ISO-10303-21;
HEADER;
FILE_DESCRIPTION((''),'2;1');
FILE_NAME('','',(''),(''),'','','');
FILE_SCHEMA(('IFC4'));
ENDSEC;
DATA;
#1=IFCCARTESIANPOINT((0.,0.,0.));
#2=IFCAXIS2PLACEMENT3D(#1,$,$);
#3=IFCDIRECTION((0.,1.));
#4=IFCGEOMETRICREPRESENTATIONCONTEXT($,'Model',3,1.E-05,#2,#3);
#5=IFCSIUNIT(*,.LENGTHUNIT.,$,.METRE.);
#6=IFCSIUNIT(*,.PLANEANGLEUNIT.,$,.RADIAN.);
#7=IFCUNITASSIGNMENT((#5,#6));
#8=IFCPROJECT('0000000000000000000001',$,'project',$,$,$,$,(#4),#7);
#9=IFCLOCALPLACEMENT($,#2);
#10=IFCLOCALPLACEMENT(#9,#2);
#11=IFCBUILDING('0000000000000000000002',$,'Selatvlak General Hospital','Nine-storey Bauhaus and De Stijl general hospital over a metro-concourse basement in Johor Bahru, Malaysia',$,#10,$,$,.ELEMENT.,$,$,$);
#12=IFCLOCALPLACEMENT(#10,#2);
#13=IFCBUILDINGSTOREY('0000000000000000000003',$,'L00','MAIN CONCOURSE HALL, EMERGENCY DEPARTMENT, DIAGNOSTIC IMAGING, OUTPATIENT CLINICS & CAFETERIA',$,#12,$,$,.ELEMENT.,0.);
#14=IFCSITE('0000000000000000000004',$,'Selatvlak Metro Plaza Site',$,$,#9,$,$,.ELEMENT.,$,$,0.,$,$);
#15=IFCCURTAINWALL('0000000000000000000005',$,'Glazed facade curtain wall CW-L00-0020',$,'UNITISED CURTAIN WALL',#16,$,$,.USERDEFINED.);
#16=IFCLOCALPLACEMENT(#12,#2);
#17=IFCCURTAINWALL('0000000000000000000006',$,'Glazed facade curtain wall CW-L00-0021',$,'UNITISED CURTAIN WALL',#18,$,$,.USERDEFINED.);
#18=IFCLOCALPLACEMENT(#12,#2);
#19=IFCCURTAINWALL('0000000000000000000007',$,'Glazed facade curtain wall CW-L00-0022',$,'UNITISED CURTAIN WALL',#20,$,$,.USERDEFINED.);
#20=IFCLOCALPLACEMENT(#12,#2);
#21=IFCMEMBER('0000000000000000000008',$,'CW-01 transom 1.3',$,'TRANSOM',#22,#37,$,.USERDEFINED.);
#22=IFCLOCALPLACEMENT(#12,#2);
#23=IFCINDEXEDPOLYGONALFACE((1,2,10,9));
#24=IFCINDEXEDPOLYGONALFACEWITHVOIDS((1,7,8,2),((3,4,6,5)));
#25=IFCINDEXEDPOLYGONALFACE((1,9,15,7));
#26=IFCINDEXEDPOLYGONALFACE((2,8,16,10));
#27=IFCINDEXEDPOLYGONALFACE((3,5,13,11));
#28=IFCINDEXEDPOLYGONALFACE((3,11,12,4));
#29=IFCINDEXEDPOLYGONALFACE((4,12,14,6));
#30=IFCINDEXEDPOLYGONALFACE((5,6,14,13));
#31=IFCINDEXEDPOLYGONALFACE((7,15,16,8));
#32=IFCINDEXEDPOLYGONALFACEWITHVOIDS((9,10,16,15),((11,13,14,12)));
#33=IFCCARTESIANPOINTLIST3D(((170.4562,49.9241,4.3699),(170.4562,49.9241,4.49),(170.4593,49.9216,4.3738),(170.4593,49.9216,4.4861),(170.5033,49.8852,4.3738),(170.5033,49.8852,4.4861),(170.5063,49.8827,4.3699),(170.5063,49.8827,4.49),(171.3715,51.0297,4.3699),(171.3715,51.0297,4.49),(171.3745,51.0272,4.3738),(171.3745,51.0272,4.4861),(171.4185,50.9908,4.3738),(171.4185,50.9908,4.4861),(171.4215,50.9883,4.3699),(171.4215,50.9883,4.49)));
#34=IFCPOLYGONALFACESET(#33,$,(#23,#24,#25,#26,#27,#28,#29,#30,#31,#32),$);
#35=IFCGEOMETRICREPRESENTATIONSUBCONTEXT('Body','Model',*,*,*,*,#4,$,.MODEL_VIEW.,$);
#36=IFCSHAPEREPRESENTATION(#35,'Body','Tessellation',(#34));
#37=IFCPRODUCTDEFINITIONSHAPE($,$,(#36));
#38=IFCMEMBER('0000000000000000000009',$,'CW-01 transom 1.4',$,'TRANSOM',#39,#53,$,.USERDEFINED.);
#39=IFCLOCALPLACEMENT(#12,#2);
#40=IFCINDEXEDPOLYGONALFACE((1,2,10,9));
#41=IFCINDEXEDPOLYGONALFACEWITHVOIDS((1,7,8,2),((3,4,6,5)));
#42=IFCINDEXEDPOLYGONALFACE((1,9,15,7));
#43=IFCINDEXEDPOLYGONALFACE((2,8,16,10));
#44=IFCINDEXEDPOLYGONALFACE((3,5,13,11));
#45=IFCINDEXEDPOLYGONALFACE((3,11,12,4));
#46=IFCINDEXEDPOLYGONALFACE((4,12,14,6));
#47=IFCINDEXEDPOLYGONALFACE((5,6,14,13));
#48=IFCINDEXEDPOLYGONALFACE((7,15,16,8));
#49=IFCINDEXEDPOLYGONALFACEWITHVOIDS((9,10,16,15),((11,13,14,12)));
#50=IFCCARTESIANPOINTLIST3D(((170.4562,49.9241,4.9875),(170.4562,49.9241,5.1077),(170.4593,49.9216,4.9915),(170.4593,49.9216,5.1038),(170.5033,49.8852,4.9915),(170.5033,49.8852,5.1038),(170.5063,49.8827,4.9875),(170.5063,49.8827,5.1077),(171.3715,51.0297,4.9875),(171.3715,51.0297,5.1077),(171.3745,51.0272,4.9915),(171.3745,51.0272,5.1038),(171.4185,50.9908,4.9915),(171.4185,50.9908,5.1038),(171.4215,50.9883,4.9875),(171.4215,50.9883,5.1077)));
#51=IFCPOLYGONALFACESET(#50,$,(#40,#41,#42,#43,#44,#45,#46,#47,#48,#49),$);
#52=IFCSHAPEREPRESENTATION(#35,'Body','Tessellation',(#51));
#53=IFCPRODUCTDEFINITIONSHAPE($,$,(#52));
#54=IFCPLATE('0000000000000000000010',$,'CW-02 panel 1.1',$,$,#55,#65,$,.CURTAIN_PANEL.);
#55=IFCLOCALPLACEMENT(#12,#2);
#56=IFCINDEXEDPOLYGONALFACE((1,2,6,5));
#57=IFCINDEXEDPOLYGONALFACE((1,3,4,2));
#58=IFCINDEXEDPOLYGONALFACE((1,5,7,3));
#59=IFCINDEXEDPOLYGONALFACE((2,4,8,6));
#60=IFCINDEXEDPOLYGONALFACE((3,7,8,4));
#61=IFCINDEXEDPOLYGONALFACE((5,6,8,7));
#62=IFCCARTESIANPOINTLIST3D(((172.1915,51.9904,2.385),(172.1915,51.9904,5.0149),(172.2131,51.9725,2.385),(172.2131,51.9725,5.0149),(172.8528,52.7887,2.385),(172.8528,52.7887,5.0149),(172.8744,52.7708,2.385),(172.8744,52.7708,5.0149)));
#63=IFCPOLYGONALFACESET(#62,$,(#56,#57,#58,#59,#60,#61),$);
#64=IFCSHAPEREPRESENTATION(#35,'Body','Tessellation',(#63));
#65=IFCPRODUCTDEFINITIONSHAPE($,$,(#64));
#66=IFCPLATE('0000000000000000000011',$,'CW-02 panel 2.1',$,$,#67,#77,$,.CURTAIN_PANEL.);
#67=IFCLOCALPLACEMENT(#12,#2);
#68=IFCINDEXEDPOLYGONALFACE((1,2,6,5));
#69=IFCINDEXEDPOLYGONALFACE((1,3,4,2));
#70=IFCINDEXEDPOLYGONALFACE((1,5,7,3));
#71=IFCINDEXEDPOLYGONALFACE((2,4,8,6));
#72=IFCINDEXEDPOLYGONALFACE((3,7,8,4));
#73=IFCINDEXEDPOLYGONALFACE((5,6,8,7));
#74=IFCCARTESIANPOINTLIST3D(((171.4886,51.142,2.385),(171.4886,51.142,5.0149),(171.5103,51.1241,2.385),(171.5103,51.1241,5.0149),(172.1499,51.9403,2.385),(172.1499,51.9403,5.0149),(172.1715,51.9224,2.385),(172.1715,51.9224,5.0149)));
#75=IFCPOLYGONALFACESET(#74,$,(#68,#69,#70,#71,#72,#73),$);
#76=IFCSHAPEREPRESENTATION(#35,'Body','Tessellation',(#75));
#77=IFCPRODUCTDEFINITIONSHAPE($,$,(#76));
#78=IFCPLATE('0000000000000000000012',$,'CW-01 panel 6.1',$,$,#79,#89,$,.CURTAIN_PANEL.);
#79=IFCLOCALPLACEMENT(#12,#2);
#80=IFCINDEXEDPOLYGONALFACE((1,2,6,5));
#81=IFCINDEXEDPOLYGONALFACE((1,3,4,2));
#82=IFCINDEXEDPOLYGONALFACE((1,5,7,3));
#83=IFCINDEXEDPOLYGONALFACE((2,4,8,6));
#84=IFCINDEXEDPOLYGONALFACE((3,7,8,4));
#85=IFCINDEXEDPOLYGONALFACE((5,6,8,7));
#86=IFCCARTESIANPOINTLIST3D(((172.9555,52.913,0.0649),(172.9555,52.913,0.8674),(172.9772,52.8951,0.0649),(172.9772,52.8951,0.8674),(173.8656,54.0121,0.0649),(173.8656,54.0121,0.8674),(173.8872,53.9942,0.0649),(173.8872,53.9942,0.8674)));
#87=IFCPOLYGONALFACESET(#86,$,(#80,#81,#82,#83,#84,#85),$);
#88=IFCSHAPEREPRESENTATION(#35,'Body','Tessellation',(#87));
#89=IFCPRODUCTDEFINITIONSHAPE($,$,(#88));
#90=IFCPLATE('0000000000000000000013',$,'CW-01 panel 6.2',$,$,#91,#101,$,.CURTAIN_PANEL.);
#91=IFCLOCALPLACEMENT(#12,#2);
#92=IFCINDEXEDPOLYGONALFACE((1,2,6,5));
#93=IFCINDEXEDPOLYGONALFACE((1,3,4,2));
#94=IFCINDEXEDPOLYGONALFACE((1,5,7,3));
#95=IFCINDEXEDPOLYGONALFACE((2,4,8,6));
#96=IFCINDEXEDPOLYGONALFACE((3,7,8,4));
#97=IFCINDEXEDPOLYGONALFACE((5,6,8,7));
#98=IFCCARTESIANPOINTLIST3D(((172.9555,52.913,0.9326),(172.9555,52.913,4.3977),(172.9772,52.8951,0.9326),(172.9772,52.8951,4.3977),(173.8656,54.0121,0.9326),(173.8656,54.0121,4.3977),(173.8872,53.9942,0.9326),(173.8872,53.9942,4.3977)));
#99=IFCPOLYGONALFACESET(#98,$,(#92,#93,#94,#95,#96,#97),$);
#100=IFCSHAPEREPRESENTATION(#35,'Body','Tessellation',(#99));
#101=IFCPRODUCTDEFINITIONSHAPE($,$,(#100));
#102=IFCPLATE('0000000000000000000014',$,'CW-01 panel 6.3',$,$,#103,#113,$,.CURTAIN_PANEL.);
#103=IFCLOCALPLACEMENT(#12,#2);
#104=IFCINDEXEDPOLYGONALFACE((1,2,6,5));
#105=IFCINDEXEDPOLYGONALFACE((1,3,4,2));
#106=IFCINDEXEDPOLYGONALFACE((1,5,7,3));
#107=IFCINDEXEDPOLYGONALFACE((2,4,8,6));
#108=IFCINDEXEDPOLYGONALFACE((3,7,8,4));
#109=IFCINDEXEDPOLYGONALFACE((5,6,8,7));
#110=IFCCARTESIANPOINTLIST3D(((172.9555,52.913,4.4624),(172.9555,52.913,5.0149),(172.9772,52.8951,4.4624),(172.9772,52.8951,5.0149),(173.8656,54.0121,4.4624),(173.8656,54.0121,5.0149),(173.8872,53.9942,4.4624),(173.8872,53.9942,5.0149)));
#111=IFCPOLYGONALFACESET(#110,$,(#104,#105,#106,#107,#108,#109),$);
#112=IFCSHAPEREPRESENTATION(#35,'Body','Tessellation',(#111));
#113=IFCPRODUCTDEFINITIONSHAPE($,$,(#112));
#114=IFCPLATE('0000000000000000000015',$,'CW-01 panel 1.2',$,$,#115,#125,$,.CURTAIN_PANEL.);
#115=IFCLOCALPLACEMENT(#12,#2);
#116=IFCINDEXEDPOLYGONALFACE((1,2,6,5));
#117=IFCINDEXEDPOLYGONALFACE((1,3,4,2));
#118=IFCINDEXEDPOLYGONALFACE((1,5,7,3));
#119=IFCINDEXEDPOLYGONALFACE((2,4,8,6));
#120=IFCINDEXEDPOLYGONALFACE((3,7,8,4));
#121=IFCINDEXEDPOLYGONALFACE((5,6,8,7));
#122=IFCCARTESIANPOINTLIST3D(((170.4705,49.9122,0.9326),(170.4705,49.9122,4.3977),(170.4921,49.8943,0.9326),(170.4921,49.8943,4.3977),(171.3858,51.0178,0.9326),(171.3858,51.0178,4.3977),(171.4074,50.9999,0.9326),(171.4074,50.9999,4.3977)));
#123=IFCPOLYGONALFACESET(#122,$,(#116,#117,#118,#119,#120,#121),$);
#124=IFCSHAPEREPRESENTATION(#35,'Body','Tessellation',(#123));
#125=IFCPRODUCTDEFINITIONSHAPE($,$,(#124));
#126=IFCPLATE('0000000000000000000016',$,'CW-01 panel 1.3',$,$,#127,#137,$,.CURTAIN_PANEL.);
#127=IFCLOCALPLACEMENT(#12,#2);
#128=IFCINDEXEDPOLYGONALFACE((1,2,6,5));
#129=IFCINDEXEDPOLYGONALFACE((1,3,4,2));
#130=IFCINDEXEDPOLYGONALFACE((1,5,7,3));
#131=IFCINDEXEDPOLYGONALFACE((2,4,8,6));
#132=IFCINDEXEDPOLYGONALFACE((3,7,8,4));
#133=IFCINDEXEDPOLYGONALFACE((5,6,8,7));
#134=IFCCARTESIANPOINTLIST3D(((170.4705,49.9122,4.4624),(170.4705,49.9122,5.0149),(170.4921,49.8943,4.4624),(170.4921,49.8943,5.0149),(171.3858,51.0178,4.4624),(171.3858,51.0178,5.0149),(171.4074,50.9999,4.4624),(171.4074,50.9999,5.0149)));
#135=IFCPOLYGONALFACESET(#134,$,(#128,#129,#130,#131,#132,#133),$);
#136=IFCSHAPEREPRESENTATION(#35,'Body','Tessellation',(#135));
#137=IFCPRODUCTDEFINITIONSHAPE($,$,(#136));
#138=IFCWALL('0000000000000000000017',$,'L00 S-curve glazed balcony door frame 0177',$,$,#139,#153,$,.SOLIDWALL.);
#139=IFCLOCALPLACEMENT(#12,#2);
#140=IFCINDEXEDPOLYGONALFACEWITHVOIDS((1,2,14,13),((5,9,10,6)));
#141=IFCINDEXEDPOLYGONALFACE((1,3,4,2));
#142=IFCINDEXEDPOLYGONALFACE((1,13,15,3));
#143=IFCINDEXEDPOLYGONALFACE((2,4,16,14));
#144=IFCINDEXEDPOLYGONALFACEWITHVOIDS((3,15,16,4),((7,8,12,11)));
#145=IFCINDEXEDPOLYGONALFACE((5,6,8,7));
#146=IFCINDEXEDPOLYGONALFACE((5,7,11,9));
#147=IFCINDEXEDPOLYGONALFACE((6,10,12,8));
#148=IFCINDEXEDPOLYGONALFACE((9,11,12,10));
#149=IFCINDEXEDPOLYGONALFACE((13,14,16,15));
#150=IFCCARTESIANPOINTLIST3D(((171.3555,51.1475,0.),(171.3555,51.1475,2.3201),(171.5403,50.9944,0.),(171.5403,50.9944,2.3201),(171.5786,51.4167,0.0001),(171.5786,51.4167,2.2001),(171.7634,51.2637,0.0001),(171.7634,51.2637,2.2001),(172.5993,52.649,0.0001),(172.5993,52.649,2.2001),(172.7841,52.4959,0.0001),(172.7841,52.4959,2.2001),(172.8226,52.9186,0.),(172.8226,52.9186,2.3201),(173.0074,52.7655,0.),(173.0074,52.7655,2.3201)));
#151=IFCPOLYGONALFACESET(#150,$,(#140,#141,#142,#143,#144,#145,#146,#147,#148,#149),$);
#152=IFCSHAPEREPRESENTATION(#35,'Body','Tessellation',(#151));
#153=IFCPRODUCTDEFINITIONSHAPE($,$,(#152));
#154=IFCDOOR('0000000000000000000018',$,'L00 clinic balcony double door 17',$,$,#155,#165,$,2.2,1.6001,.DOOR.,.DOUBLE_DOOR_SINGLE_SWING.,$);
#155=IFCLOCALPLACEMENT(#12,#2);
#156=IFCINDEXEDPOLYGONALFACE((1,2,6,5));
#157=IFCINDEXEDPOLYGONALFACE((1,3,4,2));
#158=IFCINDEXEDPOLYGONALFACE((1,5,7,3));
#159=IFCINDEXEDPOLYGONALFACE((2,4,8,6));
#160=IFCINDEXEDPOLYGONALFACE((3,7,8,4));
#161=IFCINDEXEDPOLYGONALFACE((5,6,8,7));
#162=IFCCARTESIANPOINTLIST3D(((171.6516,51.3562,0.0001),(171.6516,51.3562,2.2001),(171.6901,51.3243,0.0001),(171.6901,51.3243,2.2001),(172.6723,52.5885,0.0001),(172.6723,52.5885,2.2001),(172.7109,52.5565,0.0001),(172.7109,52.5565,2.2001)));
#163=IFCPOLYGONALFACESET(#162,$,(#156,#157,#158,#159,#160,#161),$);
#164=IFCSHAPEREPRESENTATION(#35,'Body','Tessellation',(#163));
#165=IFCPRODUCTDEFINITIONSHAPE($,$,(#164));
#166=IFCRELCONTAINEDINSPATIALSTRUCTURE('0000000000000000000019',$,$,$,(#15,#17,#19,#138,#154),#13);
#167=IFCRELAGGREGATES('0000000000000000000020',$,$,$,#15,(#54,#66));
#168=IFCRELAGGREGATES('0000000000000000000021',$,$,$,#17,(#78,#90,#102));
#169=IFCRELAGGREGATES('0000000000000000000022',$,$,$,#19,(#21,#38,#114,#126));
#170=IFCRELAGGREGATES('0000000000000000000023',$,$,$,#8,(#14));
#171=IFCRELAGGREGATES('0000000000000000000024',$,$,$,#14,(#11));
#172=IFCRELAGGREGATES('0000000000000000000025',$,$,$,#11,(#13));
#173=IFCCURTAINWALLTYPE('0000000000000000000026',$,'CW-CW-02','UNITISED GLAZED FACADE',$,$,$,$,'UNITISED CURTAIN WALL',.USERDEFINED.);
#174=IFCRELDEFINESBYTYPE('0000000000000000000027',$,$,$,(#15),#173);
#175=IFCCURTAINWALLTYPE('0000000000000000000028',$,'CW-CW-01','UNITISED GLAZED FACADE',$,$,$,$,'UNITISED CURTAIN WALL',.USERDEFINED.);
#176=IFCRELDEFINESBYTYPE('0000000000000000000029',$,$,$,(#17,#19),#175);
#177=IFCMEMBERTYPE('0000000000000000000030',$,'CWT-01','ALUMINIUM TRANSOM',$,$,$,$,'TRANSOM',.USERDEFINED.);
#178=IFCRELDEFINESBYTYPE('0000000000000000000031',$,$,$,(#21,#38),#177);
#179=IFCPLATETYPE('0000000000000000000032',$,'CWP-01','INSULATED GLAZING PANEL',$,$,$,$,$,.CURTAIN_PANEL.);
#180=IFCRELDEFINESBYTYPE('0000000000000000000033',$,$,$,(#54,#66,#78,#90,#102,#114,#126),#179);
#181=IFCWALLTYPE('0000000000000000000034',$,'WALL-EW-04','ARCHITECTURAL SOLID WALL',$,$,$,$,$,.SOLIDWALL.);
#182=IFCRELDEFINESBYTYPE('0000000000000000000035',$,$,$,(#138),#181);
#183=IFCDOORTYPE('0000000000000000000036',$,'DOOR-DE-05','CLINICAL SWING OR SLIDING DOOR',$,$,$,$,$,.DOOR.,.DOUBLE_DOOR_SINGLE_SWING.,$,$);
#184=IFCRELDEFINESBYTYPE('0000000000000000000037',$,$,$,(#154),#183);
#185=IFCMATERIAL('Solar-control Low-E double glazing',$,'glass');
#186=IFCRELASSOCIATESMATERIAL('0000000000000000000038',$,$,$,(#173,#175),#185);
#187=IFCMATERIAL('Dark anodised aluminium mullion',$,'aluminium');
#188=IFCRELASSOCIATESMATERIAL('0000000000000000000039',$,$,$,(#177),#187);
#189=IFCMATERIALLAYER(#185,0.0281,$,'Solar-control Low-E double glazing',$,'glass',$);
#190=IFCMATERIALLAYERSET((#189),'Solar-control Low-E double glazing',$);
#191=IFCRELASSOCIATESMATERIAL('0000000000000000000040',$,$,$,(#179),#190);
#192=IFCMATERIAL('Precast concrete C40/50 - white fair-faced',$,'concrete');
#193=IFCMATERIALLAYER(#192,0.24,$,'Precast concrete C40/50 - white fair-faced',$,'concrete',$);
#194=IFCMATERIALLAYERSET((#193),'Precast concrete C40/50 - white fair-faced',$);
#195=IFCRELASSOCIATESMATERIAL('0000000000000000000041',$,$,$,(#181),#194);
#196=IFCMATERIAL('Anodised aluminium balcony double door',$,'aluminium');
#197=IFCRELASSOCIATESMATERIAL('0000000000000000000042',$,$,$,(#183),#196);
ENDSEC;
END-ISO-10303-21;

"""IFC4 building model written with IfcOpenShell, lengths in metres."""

from ifc_helpers import new_model, si_unit, direction, frame, frame_2d, origin, origin_2d, place, context, subcontext, project, spatial, rectangle, hollow_rectangle, extrude, material, layer, layer_set, material_profile, profile_set, type_object, element, fill, aggregate, save


model = new_model("IFC4")

# Units and contexts
model_context = context("Model", 3, precision=1e-05, world=origin(), true_north=direction((0.0, 1.0)))
body_context = subcontext(model_context, "Body", "Model", "MODEL_VIEW")
ifc_project = project(units=[si_unit("LENGTHUNIT", "METRE"), si_unit("PLANEANGLEUNIT", "RADIAN")], contexts=[model_context])

# Site, building, storey
site_placement = place(None, origin())
site = spatial("IfcSite", under=ifc_project, at=site_placement, Name="Selatvlak Metro Plaza Site", CompositionType="ELEMENT", RefElevation=0.0)
building_placement = place(site_placement, origin())
building = spatial("IfcBuilding", under=site, at=building_placement, Name="Selatvlak General Hospital", Description="Nine-storey Bauhaus and De Stijl general hospital over a metro-concourse basement in Johor Bahru, Malaysia", CompositionType="ELEMENT")
storey_placement = place(building_placement, origin())
storey = spatial("IfcBuildingStorey", under=building, at=storey_placement, Name="L00", Description="MAIN CONCOURSE HALL, EMERGENCY DEPARTMENT, DIAGNOSTIC IMAGING, OUTPATIENT CLINICS & CAFETERIA", CompositionType="ELEMENT", Elevation=0.0)

# Curtain wall
ifc_material_1 = material(Name="Solar-control Low-E double glazing", Category="glass")
curtain_wall_type_1 = type_object("IfcCurtainWallType", Name="CW-CW-02", Description="UNITISED GLAZED FACADE", ElementType="UNITISED CURTAIN WALL", PredefinedType="USERDEFINED", material=ifc_material_1)
curtain_wall_1_placement = place(storey_placement, origin())
curtain_wall_1 = element("IfcCurtainWall", 1, at=curtain_wall_1_placement, inside=storey, type_object=curtain_wall_type_1, Name="Glazed facade curtain wall CW-L00-0020", ObjectType="UNITISED CURTAIN WALL", PredefinedType="USERDEFINED")
ifc_material_2 = material(Name="Dark anodised aluminium mullion", Category="aluminium")

# Curtain walls
curtain_wall_type_2 = type_object("IfcCurtainWallType", Name="CW-CW-01", Description="UNITISED GLAZED FACADE", ElementType="UNITISED CURTAIN WALL", PredefinedType="USERDEFINED", material=ifc_material_1)
curtain_wall_2_placement = place(storey_placement, origin())
curtain_wall_2 = element("IfcCurtainWall", 2, at=curtain_wall_2_placement, inside=storey, type_object=curtain_wall_type_2, Name="Glazed facade curtain wall CW-L00-0021", ObjectType="UNITISED CURTAIN WALL", PredefinedType="USERDEFINED")
curtain_wall_3_placement = place(storey_placement, origin())
curtain_wall_3 = element("IfcCurtainWall", 3, at=curtain_wall_3_placement, inside=storey, type_object=curtain_wall_type_2, Name="Glazed facade curtain wall CW-L00-0022", ObjectType="UNITISED CURTAIN WALL", PredefinedType="USERDEFINED")

# Members
ifc_material_profile_1 = material_profile(ifc_material_2, hollow_rectangle(XDim=0.0649, YDim=0.1201, WallThickness=0.0039, at=origin_2d()), Name="AL-TRN 65x120x4")
ifc_profile_set_1 = profile_set([ifc_material_profile_1], Name="Dark anodised aluminium mullion")
member_type_1 = type_object("IfcMemberType", Name="CWT-01", Description="ALUMINIUM TRANSOM", ElementType="TRANSOM", PredefinedType="USERDEFINED", material=ifc_profile_set_1)
member_1_placement = place(storey_placement, frame((171.3965, 51.009, 4.4299), z_axis=(-0.637655, -0.770322, 0.0), x_axis=(0.770322, -0.637655, 0.0)))
member_1 = element("IfcMember", 4, at=member_1_placement, type_object=member_type_1, Name="CW-01 transom 1.3", ObjectType="TRANSOM", PredefinedType="USERDEFINED", context=body_context, shape_type="SweptSolid", body=[
    extrude(hollow_rectangle(XDim=0.0649, YDim=0.1201, WallThickness=0.0039, at=origin_2d()), origin(), (0.0, 0.0, 1.0), 1.4353),
])
member_2_placement = place(storey_placement, frame((171.3965, 51.009, 5.0476), z_axis=(-0.637655, -0.770322, 0.0), x_axis=(0.770322, -0.637655, 0.0)))
member_2 = element("IfcMember", 5, at=member_2_placement, type_object=member_type_1, Name="CW-01 transom 1.4", ObjectType="TRANSOM", PredefinedType="USERDEFINED", context=body_context, shape_type="SweptSolid", body=[
    extrude(hollow_rectangle(XDim=0.0649, YDim=0.1201, WallThickness=0.0039, at=origin_2d()), origin(), (0.0, 0.0, 1.0), 1.4353),
])

# Plates
ifc_layer_1 = layer(ifc_material_1, 0.0281, Name="Solar-control Low-E double glazing", Category="glass")
ifc_layer_set_1 = layer_set([ifc_layer_1], Name="Solar-control Low-E double glazing")
plate_type = type_object("IfcPlateType", Name="CWP-01", Description="INSULATED GLAZING PANEL", PredefinedType="CURTAIN_PANEL", material=ifc_layer_set_1)
plate_1_placement = place(storey_placement, frame((172.533, 52.3806, 2.385), z_axis=(0.0, 0.0, 1.0), x_axis=(-0.637883, -0.770133, 0.0)))
plate_1 = element("IfcPlate", 6, at=plate_1_placement, type_object=plate_type, Name="CW-02 panel 1.1", PredefinedType="CURTAIN_PANEL", context=body_context, shape_type="SweptSolid", body=[
    extrude(rectangle(XDim=1.0366, YDim=0.0281, at=origin_2d()), origin(), (0.0, 0.0, 1.0), 2.6299),
])
plate_2_placement = place(storey_placement, frame((171.8301, 51.5322, 2.385), z_axis=(0.0, 0.0, 1.0), x_axis=(-0.637883, -0.770133, 0.0)))
plate_2 = element("IfcPlate", 7, at=plate_2_placement, type_object=plate_type, Name="CW-02 panel 2.1", PredefinedType="CURTAIN_PANEL", context=body_context, shape_type="SweptSolid", body=[
    extrude(rectangle(XDim=1.0366, YDim=0.0281, at=origin_2d()), origin(), (0.0, 0.0, 1.0), 2.6299),
])
aggregate(curtain_wall_1, [plate_1, plate_2])
plate_3_placement = place(storey_placement, frame((173.4214, 53.4536, 0.0649), z_axis=(0.0, 0.0, 1.0), x_axis=(-0.63774, -0.770252, 0.0)))
plate_3 = element("IfcPlate", 8, at=plate_3_placement, type_object=plate_type, Name="CW-01 panel 6.1", PredefinedType="CURTAIN_PANEL", context=body_context, shape_type="SweptSolid", body=[
    extrude(rectangle(XDim=1.427, YDim=0.0281, at=origin_2d()), origin(), (0.0, 0.0, 1.0), 0.8025),
])
plate_4_placement = place(storey_placement, frame((173.4214, 53.4536, 0.9326), z_axis=(0.0, 0.0, 1.0), x_axis=(-0.63774, -0.770252, 0.0)))
plate_4 = element("IfcPlate", 9, at=plate_4_placement, type_object=plate_type, Name="CW-01 panel 6.2", PredefinedType="CURTAIN_PANEL", context=body_context, shape_type="SweptSolid", body=[
    extrude(rectangle(XDim=1.427, YDim=0.0281, at=origin_2d()), origin(), (0.0, 0.0, 1.0), 3.4651),
])
plate_5_placement = place(storey_placement, frame((173.4214, 53.4536, 4.4624), z_axis=(0.0, 0.0, 1.0), x_axis=(-0.63774, -0.770252, 0.0)))
plate_5 = element("IfcPlate", 10, at=plate_5_placement, type_object=plate_type, Name="CW-01 panel 6.3", PredefinedType="CURTAIN_PANEL", context=body_context, shape_type="SweptSolid", body=[
    extrude(rectangle(XDim=1.427, YDim=0.0281, at=origin_2d()), origin(), (0.0, 0.0, 1.0), 0.5525),
])
aggregate(curtain_wall_2, [plate_3, plate_4, plate_5])
plate_6_placement = place(storey_placement, frame((170.939, 50.4561, 0.9326), z_axis=(0.0, 0.0, 1.0), x_axis=(-0.637721, -0.770267, 0.0)))
plate_6 = element("IfcPlate", 11, at=plate_6_placement, type_object=plate_type, Name="CW-01 panel 1.2", PredefinedType="CURTAIN_PANEL", context=body_context, shape_type="SweptSolid", body=[
    extrude(rectangle(XDim=1.4353, YDim=0.0281, at=origin_2d()), origin(), (0.0, 0.0, 1.0), 3.4651),
])
plate_7_placement = place(storey_placement, frame((170.939, 50.4561, 4.4624), z_axis=(0.0, 0.0, 1.0), x_axis=(-0.637721, -0.770267, 0.0)))
plate_7 = element("IfcPlate", 12, at=plate_7_placement, type_object=plate_type, Name="CW-01 panel 1.3", PredefinedType="CURTAIN_PANEL", context=body_context, shape_type="SweptSolid", body=[
    extrude(rectangle(XDim=1.4353, YDim=0.0281, at=origin_2d()), origin(), (0.0, 0.0, 1.0), 0.5525),
])
aggregate(curtain_wall_3, [member_1, member_2, plate_6, plate_7])

# Wall, opening, door
ifc_material_3 = material(Name="Precast concrete C40/50 - white fair-faced", Category="concrete")
ifc_layer_2 = layer(ifc_material_3, 0.24, Name="Precast concrete C40/50 - white fair-faced", Category="concrete")
ifc_layer_set_2 = layer_set([ifc_layer_2], Name="Precast concrete C40/50 - white fair-faced")
wall_type = type_object("IfcWallType", Name="WALL-EW-04", Description="ARCHITECTURAL SOLID WALL", PredefinedType="SOLIDWALL", material=ifc_layer_set_2)
wall_placement = place(storey_placement, frame((172.915, 52.842, 0.0), z_axis=(0.0, 0.0, 1.0), x_axis=(-0.637926, -0.770098, 0.0)))
wall = element("IfcWall", 13, at=wall_placement, inside=storey, type_object=wall_type, Name="L00 S-curve glazed balcony door frame 0177", PredefinedType="SOLIDWALL", context=body_context, shape_type="SweptSolid", body=[
    extrude(rectangle(XDim=2.2998, YDim=0.24, at=frame_2d((1.1499, 0.0))), origin(), (0.0, 0.0, 1.0), 2.3201),
])
opening_placement = place(wall_placement, frame((0.3501, 0.0, 0.0)))
opening = element("IfcOpeningElement", 14, at=opening_placement, cuts=wall, PredefinedType="OPENING", context=body_context, shape_type="SweptSolid", body=[
    extrude(rectangle(XDim=1.6001, YDim=2.2, at=frame_2d((0.8, 1.1001))), frame((0.0, 0.1299, 0.0), z_axis=(0.0, -1.0, 0.0), x_axis=(1.0, 0.0, 0.0)), (0.0, 0.0, 1.0), 0.26),
])
ifc_material_4 = material(Name="Anodised aluminium balcony double door", Category="aluminium")
door_type = type_object("IfcDoorType", Name="DOOR-DE-05", Description="CLINICAL SWING OR SLIDING DOOR", OperationType="DOUBLE_DOOR_SINGLE_SWING", PredefinedType="DOOR", material=ifc_material_4)
door_placement = place(opening_placement, origin())
door = element("IfcDoor", 15, at=door_placement, inside=storey, type_object=door_type, Name="L00 clinic balcony double door 17", OperationType="DOUBLE_DOOR_SINGLE_SWING", OverallHeight=2.2, OverallWidth=1.6001, PredefinedType="DOOR", context=body_context, shape_type="SweptSolid", body=[
    extrude(rectangle(XDim=1.6001, YDim=2.2, at=frame_2d((0.8, 1.1001))), frame((0.0, 0.0249, 0.0), z_axis=(0.0, -1.0, 0.0), x_axis=(1.0, 0.0, 0.0)), (0.0, 0.0, 1.0), 0.05),
])
fill(opening, door)

save(model, "model.ifc")
